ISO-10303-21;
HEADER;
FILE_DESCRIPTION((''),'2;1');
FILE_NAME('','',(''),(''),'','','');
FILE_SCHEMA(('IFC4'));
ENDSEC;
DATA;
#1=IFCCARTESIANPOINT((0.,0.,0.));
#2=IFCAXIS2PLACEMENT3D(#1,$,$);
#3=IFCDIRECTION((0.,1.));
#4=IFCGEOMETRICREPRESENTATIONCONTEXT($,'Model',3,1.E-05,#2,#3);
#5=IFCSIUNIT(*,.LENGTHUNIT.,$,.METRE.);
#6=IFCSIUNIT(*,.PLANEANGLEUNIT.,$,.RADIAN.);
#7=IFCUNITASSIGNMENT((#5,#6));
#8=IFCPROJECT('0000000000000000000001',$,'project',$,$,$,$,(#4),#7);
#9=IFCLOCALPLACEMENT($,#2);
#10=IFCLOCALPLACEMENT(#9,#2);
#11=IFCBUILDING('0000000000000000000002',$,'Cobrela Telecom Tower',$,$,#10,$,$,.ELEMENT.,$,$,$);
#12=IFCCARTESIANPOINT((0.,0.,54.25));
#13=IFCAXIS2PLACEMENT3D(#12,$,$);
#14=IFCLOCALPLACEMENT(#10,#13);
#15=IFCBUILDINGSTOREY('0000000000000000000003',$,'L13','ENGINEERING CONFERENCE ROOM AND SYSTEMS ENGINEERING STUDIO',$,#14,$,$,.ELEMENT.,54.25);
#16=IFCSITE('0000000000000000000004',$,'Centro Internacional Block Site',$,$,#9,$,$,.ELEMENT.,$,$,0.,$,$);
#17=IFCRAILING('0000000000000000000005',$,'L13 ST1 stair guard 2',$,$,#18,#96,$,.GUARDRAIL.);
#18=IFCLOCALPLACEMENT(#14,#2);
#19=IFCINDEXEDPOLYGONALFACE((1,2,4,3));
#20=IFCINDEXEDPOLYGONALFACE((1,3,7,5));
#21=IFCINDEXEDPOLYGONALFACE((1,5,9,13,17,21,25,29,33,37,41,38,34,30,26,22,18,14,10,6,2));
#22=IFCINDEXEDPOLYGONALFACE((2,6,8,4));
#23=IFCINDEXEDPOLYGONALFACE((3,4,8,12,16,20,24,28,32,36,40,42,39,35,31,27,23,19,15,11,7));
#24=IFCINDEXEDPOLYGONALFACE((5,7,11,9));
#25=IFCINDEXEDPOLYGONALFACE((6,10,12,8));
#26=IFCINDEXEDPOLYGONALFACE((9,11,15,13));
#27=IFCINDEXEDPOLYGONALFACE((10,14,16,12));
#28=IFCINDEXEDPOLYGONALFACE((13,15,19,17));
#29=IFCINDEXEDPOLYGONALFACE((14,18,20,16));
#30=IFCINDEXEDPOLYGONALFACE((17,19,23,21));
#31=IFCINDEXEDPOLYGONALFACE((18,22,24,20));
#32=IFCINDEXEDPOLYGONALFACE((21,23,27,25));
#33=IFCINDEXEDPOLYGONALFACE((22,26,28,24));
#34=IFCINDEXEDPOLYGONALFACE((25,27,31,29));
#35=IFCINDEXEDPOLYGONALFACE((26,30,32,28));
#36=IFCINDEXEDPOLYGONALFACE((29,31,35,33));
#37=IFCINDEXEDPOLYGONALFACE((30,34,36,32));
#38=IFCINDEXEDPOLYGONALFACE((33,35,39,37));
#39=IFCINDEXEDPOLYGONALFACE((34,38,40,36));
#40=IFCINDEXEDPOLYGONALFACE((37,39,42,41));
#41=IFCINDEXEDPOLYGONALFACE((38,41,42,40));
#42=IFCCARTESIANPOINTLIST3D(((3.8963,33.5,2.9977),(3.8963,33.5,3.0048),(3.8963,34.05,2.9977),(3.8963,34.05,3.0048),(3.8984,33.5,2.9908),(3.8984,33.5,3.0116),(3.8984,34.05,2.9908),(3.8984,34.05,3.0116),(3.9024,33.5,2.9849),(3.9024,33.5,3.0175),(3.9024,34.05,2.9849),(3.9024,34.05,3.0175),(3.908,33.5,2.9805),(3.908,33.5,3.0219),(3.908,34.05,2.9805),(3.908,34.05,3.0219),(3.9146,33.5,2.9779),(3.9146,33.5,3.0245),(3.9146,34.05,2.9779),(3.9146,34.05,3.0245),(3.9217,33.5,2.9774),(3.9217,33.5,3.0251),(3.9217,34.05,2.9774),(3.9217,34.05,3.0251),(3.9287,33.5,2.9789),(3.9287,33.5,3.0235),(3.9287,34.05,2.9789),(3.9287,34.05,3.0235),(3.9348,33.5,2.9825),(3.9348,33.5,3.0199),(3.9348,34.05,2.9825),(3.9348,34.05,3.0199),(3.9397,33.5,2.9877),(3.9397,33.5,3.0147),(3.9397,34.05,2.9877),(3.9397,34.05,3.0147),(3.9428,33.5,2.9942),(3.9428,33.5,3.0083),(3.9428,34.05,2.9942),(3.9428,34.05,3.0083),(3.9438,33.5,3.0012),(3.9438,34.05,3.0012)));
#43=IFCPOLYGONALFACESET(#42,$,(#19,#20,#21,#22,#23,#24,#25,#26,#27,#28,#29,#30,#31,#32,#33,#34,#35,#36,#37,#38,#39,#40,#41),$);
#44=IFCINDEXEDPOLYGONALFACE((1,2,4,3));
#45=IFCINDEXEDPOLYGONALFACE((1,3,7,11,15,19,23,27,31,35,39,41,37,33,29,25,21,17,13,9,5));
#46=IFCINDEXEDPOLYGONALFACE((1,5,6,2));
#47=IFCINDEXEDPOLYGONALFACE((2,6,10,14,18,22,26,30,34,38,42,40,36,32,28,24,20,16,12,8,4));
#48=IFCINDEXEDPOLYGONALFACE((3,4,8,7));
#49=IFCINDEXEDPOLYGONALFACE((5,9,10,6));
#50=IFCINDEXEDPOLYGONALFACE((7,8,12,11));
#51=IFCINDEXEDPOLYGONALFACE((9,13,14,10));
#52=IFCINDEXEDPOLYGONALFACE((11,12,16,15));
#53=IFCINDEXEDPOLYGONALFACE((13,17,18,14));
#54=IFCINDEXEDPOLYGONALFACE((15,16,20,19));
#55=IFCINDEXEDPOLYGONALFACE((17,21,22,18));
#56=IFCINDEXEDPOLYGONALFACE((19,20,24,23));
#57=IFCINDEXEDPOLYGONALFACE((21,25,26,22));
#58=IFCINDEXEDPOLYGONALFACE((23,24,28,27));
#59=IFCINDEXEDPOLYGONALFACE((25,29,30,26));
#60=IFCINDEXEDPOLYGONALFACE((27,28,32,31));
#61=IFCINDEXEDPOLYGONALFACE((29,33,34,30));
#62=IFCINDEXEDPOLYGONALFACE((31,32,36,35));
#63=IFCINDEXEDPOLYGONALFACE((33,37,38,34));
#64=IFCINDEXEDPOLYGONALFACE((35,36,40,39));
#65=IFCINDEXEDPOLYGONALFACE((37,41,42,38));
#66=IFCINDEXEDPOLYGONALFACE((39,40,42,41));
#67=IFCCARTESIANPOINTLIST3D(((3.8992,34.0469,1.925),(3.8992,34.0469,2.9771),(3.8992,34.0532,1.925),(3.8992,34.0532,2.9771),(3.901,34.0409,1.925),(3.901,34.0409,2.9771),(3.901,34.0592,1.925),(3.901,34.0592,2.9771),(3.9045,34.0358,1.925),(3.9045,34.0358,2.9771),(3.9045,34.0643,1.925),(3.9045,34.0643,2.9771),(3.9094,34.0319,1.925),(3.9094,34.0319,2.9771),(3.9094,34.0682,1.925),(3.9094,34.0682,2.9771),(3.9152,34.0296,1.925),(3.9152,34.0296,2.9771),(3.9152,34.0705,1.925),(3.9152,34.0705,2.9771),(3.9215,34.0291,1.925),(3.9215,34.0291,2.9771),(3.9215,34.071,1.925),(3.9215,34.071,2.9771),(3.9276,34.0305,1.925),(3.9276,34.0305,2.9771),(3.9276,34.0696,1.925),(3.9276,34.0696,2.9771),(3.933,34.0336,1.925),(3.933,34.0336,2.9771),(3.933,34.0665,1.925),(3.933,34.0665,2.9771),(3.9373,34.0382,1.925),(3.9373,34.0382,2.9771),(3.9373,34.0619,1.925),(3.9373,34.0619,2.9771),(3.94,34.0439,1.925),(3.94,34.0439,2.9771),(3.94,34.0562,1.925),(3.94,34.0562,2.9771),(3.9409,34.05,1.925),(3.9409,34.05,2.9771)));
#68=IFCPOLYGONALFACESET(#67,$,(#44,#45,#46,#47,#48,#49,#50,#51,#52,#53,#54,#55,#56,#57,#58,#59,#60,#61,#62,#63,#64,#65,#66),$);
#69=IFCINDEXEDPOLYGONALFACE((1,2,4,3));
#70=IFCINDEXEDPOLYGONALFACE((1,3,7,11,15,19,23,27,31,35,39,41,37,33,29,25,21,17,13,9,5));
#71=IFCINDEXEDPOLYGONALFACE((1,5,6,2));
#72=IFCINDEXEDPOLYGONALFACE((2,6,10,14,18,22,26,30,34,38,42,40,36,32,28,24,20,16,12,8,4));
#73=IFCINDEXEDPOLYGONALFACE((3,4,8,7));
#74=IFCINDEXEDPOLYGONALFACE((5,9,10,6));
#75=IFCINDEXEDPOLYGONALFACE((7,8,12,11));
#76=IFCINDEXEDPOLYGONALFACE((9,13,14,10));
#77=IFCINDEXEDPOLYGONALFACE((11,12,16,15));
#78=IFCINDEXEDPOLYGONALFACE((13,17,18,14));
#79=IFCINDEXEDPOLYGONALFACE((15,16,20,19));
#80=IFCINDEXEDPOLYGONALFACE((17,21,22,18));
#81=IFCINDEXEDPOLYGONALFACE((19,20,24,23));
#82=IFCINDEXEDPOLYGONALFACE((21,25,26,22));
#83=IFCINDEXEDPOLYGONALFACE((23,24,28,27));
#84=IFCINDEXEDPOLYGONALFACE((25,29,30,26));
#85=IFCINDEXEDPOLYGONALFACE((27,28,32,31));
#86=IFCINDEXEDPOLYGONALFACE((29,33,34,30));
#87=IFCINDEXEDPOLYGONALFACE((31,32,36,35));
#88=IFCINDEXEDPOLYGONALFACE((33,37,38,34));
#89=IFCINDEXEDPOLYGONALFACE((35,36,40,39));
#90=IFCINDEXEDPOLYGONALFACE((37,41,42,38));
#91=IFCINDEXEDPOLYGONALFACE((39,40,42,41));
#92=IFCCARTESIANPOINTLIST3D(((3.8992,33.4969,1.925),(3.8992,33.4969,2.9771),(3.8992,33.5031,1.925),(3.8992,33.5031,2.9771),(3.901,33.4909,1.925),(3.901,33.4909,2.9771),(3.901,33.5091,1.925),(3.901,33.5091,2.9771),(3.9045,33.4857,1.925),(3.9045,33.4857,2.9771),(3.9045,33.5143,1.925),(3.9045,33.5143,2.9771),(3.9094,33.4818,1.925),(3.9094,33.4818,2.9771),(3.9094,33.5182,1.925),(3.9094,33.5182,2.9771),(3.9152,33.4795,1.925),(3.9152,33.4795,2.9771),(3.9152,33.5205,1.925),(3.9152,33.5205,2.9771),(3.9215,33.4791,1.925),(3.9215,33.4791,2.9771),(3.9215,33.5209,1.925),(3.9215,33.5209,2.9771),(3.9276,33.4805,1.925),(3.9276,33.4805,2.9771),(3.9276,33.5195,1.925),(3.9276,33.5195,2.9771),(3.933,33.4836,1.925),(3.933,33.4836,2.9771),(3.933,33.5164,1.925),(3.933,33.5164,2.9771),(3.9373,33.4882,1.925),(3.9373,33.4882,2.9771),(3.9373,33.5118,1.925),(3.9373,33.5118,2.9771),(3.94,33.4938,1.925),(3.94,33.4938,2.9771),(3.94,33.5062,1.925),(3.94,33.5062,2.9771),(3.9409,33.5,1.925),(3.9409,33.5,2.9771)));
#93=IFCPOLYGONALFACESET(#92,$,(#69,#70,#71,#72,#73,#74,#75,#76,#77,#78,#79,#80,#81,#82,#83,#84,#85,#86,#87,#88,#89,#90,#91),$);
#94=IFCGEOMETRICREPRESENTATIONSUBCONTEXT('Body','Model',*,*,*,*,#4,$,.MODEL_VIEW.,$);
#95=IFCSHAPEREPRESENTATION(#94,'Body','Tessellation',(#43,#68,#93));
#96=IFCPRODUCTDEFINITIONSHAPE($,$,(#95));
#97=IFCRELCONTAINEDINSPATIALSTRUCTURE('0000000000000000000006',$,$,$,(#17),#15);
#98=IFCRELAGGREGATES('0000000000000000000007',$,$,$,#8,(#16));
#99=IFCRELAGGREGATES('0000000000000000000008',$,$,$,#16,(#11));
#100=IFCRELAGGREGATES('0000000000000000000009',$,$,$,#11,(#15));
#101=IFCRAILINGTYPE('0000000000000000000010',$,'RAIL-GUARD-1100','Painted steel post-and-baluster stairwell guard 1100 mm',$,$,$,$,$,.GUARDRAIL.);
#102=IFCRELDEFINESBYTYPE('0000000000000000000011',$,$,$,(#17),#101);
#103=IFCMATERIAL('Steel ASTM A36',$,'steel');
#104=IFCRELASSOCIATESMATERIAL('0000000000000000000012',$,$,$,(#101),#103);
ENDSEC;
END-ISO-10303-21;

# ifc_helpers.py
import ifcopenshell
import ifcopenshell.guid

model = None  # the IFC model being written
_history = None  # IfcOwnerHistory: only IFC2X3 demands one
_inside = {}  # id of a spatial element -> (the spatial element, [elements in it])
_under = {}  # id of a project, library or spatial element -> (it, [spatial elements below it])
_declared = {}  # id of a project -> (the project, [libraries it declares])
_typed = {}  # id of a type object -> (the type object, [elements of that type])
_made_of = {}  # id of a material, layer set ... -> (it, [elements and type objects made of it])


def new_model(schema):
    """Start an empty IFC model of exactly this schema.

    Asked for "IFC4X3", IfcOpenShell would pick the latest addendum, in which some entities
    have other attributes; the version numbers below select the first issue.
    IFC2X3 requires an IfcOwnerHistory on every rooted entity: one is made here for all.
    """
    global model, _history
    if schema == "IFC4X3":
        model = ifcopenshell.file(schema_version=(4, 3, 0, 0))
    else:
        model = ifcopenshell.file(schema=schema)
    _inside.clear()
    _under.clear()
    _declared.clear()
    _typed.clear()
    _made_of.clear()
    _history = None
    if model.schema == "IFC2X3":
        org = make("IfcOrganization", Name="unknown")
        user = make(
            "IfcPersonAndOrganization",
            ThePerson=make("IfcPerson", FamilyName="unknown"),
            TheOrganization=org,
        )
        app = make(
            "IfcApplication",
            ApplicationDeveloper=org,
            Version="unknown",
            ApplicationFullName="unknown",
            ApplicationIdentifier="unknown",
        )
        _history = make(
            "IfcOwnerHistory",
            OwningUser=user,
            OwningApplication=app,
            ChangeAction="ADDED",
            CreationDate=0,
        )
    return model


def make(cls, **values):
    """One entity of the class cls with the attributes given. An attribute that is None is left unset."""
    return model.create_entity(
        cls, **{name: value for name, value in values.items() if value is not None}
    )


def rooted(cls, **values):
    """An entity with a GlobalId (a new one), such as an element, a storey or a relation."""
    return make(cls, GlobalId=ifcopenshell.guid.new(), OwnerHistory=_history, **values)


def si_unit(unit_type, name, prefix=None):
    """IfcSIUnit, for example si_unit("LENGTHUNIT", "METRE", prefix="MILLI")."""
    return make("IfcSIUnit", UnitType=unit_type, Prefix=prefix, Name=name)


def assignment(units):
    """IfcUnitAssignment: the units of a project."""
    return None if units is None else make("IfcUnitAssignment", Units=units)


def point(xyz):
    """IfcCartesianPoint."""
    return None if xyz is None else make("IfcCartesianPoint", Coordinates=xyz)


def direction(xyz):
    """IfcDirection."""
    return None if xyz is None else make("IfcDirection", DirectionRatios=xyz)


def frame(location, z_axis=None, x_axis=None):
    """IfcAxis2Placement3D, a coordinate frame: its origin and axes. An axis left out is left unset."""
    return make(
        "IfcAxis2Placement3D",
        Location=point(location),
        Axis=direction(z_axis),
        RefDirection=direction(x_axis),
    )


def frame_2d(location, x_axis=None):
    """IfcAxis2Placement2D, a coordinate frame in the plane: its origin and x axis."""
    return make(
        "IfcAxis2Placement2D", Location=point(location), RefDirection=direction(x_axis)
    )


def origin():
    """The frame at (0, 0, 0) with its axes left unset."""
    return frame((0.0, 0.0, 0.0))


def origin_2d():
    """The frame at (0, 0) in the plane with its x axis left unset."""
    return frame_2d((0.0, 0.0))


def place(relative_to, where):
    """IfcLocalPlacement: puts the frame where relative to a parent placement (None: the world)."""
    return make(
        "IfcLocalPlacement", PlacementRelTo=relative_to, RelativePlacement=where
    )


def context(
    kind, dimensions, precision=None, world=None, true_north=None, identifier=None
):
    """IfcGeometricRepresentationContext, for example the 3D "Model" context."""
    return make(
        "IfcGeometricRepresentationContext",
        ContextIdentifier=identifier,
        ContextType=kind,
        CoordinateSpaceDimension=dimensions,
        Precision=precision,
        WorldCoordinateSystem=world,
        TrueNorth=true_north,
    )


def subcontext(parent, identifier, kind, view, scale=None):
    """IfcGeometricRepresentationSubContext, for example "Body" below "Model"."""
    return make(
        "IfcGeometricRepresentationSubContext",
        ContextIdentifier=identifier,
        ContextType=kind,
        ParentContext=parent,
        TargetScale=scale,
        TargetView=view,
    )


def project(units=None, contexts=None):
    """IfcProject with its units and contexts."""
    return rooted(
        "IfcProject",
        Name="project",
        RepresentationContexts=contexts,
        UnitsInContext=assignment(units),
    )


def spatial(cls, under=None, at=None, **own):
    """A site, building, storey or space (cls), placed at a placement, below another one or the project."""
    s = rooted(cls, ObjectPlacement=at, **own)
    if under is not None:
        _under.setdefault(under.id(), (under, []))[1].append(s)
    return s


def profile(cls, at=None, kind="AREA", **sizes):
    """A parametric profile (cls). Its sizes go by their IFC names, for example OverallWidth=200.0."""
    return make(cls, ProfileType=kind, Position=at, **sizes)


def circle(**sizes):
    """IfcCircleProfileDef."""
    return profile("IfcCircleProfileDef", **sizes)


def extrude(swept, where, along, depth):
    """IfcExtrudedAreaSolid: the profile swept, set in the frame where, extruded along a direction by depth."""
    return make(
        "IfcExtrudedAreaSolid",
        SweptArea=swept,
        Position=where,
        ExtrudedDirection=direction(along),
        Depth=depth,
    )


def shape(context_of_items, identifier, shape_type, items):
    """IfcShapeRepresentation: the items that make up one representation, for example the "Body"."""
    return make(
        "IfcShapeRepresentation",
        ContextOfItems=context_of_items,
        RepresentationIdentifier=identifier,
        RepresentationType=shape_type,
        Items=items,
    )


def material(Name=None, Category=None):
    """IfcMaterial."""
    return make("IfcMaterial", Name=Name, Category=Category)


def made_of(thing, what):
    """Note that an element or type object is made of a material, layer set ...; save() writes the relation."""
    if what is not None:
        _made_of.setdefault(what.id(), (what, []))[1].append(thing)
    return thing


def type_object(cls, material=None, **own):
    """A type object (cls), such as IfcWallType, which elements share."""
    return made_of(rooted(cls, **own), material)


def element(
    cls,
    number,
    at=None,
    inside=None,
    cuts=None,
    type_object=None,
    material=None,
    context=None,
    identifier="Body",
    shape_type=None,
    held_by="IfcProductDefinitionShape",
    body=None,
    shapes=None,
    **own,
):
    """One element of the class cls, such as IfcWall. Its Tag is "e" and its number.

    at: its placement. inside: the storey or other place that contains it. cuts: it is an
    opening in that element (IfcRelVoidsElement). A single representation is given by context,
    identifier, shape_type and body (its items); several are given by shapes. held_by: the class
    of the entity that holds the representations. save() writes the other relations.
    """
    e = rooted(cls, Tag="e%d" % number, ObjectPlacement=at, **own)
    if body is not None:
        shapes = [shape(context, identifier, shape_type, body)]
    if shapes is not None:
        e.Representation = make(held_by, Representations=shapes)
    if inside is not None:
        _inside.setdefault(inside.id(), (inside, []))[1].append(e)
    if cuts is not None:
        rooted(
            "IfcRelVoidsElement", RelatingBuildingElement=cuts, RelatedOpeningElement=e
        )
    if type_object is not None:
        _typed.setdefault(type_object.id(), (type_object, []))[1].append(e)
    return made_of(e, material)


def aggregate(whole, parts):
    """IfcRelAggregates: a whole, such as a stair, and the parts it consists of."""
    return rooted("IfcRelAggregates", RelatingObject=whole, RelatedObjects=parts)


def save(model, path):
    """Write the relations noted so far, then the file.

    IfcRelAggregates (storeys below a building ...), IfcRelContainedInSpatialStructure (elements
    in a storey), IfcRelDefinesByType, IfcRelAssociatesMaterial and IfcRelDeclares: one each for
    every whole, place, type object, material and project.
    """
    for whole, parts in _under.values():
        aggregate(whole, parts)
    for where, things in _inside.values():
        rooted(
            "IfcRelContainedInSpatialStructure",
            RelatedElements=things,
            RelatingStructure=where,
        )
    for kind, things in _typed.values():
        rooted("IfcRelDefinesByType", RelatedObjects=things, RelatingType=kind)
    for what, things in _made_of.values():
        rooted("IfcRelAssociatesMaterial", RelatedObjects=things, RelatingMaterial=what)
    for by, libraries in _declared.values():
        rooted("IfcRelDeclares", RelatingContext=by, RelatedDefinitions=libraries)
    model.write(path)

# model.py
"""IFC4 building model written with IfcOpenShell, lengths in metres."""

from ifc_helpers import new_model, si_unit, direction, frame, origin, origin_2d, place, context, subcontext, project, spatial, circle, extrude, material, type_object, element, save


model = new_model("IFC4")

# Units and contexts
model_context = context("Model", 3, precision=1e-05, world=origin(), true_north=direction((0.0, 1.0)))
body_context = subcontext(model_context, "Body", "Model", "MODEL_VIEW")
ifc_project = project(units=[si_unit("LENGTHUNIT", "METRE"), si_unit("PLANEANGLEUNIT", "RADIAN")], contexts=[model_context])

# Site, building, storey
site_placement = place(None, origin())
site = spatial("IfcSite", under=ifc_project, at=site_placement, Name="Centro Internacional Block Site", CompositionType="ELEMENT", RefElevation=0.0)
building_placement = place(site_placement, origin())
building = spatial("IfcBuilding", under=site, at=building_placement, Name="Cobrela Telecom Tower", CompositionType="ELEMENT")
storey_placement = place(building_placement, frame((0.0, 0.0, 54.25)))
storey = spatial("IfcBuildingStorey", under=building, at=storey_placement, Name="L13", Description="ENGINEERING CONFERENCE ROOM AND SYSTEMS ENGINEERING STUDIO", CompositionType="ELEMENT", Elevation=54.25)

# Shared definitions
ifc_material_1 = material(Name="Steel ASTM A36", Category="steel")

# Railing
railing_type_1 = type_object("IfcRailingType", Name="RAIL-GUARD-1100", Description="Painted steel post-and-baluster stairwell guard 1100 mm", PredefinedType="GUARDRAIL", material=ifc_material_1)
railing_1_placement = place(storey_placement, frame((3.9199, 34.05, 1.925)))
element("IfcRailing", 1, at=railing_1_placement, inside=storey, type_object=railing_type_1, Name="L13 ST1 stair guard 2", PredefinedType="GUARDRAIL", context=body_context, shape_type="SweptSolid", body=[
    extrude(circle(Radius=0.0239, at=origin_2d()), frame((0.0, 0.0, 1.0762), z_axis=(0.0, -1.0, 0.0), x_axis=(1.0, 0.0, 0.0)), (0.0, 0.0, 1.0), 0.55),
    extrude(circle(Radius=0.021, at=origin_2d()), origin(), (0.0, 0.0, 1.0), 1.052),
    extrude(circle(Radius=0.021, at=origin_2d()), frame((0.0, -0.55, 0.0)), (0.0, 0.0, 1.0), 1.052),
])

save(model, "model.ifc")
